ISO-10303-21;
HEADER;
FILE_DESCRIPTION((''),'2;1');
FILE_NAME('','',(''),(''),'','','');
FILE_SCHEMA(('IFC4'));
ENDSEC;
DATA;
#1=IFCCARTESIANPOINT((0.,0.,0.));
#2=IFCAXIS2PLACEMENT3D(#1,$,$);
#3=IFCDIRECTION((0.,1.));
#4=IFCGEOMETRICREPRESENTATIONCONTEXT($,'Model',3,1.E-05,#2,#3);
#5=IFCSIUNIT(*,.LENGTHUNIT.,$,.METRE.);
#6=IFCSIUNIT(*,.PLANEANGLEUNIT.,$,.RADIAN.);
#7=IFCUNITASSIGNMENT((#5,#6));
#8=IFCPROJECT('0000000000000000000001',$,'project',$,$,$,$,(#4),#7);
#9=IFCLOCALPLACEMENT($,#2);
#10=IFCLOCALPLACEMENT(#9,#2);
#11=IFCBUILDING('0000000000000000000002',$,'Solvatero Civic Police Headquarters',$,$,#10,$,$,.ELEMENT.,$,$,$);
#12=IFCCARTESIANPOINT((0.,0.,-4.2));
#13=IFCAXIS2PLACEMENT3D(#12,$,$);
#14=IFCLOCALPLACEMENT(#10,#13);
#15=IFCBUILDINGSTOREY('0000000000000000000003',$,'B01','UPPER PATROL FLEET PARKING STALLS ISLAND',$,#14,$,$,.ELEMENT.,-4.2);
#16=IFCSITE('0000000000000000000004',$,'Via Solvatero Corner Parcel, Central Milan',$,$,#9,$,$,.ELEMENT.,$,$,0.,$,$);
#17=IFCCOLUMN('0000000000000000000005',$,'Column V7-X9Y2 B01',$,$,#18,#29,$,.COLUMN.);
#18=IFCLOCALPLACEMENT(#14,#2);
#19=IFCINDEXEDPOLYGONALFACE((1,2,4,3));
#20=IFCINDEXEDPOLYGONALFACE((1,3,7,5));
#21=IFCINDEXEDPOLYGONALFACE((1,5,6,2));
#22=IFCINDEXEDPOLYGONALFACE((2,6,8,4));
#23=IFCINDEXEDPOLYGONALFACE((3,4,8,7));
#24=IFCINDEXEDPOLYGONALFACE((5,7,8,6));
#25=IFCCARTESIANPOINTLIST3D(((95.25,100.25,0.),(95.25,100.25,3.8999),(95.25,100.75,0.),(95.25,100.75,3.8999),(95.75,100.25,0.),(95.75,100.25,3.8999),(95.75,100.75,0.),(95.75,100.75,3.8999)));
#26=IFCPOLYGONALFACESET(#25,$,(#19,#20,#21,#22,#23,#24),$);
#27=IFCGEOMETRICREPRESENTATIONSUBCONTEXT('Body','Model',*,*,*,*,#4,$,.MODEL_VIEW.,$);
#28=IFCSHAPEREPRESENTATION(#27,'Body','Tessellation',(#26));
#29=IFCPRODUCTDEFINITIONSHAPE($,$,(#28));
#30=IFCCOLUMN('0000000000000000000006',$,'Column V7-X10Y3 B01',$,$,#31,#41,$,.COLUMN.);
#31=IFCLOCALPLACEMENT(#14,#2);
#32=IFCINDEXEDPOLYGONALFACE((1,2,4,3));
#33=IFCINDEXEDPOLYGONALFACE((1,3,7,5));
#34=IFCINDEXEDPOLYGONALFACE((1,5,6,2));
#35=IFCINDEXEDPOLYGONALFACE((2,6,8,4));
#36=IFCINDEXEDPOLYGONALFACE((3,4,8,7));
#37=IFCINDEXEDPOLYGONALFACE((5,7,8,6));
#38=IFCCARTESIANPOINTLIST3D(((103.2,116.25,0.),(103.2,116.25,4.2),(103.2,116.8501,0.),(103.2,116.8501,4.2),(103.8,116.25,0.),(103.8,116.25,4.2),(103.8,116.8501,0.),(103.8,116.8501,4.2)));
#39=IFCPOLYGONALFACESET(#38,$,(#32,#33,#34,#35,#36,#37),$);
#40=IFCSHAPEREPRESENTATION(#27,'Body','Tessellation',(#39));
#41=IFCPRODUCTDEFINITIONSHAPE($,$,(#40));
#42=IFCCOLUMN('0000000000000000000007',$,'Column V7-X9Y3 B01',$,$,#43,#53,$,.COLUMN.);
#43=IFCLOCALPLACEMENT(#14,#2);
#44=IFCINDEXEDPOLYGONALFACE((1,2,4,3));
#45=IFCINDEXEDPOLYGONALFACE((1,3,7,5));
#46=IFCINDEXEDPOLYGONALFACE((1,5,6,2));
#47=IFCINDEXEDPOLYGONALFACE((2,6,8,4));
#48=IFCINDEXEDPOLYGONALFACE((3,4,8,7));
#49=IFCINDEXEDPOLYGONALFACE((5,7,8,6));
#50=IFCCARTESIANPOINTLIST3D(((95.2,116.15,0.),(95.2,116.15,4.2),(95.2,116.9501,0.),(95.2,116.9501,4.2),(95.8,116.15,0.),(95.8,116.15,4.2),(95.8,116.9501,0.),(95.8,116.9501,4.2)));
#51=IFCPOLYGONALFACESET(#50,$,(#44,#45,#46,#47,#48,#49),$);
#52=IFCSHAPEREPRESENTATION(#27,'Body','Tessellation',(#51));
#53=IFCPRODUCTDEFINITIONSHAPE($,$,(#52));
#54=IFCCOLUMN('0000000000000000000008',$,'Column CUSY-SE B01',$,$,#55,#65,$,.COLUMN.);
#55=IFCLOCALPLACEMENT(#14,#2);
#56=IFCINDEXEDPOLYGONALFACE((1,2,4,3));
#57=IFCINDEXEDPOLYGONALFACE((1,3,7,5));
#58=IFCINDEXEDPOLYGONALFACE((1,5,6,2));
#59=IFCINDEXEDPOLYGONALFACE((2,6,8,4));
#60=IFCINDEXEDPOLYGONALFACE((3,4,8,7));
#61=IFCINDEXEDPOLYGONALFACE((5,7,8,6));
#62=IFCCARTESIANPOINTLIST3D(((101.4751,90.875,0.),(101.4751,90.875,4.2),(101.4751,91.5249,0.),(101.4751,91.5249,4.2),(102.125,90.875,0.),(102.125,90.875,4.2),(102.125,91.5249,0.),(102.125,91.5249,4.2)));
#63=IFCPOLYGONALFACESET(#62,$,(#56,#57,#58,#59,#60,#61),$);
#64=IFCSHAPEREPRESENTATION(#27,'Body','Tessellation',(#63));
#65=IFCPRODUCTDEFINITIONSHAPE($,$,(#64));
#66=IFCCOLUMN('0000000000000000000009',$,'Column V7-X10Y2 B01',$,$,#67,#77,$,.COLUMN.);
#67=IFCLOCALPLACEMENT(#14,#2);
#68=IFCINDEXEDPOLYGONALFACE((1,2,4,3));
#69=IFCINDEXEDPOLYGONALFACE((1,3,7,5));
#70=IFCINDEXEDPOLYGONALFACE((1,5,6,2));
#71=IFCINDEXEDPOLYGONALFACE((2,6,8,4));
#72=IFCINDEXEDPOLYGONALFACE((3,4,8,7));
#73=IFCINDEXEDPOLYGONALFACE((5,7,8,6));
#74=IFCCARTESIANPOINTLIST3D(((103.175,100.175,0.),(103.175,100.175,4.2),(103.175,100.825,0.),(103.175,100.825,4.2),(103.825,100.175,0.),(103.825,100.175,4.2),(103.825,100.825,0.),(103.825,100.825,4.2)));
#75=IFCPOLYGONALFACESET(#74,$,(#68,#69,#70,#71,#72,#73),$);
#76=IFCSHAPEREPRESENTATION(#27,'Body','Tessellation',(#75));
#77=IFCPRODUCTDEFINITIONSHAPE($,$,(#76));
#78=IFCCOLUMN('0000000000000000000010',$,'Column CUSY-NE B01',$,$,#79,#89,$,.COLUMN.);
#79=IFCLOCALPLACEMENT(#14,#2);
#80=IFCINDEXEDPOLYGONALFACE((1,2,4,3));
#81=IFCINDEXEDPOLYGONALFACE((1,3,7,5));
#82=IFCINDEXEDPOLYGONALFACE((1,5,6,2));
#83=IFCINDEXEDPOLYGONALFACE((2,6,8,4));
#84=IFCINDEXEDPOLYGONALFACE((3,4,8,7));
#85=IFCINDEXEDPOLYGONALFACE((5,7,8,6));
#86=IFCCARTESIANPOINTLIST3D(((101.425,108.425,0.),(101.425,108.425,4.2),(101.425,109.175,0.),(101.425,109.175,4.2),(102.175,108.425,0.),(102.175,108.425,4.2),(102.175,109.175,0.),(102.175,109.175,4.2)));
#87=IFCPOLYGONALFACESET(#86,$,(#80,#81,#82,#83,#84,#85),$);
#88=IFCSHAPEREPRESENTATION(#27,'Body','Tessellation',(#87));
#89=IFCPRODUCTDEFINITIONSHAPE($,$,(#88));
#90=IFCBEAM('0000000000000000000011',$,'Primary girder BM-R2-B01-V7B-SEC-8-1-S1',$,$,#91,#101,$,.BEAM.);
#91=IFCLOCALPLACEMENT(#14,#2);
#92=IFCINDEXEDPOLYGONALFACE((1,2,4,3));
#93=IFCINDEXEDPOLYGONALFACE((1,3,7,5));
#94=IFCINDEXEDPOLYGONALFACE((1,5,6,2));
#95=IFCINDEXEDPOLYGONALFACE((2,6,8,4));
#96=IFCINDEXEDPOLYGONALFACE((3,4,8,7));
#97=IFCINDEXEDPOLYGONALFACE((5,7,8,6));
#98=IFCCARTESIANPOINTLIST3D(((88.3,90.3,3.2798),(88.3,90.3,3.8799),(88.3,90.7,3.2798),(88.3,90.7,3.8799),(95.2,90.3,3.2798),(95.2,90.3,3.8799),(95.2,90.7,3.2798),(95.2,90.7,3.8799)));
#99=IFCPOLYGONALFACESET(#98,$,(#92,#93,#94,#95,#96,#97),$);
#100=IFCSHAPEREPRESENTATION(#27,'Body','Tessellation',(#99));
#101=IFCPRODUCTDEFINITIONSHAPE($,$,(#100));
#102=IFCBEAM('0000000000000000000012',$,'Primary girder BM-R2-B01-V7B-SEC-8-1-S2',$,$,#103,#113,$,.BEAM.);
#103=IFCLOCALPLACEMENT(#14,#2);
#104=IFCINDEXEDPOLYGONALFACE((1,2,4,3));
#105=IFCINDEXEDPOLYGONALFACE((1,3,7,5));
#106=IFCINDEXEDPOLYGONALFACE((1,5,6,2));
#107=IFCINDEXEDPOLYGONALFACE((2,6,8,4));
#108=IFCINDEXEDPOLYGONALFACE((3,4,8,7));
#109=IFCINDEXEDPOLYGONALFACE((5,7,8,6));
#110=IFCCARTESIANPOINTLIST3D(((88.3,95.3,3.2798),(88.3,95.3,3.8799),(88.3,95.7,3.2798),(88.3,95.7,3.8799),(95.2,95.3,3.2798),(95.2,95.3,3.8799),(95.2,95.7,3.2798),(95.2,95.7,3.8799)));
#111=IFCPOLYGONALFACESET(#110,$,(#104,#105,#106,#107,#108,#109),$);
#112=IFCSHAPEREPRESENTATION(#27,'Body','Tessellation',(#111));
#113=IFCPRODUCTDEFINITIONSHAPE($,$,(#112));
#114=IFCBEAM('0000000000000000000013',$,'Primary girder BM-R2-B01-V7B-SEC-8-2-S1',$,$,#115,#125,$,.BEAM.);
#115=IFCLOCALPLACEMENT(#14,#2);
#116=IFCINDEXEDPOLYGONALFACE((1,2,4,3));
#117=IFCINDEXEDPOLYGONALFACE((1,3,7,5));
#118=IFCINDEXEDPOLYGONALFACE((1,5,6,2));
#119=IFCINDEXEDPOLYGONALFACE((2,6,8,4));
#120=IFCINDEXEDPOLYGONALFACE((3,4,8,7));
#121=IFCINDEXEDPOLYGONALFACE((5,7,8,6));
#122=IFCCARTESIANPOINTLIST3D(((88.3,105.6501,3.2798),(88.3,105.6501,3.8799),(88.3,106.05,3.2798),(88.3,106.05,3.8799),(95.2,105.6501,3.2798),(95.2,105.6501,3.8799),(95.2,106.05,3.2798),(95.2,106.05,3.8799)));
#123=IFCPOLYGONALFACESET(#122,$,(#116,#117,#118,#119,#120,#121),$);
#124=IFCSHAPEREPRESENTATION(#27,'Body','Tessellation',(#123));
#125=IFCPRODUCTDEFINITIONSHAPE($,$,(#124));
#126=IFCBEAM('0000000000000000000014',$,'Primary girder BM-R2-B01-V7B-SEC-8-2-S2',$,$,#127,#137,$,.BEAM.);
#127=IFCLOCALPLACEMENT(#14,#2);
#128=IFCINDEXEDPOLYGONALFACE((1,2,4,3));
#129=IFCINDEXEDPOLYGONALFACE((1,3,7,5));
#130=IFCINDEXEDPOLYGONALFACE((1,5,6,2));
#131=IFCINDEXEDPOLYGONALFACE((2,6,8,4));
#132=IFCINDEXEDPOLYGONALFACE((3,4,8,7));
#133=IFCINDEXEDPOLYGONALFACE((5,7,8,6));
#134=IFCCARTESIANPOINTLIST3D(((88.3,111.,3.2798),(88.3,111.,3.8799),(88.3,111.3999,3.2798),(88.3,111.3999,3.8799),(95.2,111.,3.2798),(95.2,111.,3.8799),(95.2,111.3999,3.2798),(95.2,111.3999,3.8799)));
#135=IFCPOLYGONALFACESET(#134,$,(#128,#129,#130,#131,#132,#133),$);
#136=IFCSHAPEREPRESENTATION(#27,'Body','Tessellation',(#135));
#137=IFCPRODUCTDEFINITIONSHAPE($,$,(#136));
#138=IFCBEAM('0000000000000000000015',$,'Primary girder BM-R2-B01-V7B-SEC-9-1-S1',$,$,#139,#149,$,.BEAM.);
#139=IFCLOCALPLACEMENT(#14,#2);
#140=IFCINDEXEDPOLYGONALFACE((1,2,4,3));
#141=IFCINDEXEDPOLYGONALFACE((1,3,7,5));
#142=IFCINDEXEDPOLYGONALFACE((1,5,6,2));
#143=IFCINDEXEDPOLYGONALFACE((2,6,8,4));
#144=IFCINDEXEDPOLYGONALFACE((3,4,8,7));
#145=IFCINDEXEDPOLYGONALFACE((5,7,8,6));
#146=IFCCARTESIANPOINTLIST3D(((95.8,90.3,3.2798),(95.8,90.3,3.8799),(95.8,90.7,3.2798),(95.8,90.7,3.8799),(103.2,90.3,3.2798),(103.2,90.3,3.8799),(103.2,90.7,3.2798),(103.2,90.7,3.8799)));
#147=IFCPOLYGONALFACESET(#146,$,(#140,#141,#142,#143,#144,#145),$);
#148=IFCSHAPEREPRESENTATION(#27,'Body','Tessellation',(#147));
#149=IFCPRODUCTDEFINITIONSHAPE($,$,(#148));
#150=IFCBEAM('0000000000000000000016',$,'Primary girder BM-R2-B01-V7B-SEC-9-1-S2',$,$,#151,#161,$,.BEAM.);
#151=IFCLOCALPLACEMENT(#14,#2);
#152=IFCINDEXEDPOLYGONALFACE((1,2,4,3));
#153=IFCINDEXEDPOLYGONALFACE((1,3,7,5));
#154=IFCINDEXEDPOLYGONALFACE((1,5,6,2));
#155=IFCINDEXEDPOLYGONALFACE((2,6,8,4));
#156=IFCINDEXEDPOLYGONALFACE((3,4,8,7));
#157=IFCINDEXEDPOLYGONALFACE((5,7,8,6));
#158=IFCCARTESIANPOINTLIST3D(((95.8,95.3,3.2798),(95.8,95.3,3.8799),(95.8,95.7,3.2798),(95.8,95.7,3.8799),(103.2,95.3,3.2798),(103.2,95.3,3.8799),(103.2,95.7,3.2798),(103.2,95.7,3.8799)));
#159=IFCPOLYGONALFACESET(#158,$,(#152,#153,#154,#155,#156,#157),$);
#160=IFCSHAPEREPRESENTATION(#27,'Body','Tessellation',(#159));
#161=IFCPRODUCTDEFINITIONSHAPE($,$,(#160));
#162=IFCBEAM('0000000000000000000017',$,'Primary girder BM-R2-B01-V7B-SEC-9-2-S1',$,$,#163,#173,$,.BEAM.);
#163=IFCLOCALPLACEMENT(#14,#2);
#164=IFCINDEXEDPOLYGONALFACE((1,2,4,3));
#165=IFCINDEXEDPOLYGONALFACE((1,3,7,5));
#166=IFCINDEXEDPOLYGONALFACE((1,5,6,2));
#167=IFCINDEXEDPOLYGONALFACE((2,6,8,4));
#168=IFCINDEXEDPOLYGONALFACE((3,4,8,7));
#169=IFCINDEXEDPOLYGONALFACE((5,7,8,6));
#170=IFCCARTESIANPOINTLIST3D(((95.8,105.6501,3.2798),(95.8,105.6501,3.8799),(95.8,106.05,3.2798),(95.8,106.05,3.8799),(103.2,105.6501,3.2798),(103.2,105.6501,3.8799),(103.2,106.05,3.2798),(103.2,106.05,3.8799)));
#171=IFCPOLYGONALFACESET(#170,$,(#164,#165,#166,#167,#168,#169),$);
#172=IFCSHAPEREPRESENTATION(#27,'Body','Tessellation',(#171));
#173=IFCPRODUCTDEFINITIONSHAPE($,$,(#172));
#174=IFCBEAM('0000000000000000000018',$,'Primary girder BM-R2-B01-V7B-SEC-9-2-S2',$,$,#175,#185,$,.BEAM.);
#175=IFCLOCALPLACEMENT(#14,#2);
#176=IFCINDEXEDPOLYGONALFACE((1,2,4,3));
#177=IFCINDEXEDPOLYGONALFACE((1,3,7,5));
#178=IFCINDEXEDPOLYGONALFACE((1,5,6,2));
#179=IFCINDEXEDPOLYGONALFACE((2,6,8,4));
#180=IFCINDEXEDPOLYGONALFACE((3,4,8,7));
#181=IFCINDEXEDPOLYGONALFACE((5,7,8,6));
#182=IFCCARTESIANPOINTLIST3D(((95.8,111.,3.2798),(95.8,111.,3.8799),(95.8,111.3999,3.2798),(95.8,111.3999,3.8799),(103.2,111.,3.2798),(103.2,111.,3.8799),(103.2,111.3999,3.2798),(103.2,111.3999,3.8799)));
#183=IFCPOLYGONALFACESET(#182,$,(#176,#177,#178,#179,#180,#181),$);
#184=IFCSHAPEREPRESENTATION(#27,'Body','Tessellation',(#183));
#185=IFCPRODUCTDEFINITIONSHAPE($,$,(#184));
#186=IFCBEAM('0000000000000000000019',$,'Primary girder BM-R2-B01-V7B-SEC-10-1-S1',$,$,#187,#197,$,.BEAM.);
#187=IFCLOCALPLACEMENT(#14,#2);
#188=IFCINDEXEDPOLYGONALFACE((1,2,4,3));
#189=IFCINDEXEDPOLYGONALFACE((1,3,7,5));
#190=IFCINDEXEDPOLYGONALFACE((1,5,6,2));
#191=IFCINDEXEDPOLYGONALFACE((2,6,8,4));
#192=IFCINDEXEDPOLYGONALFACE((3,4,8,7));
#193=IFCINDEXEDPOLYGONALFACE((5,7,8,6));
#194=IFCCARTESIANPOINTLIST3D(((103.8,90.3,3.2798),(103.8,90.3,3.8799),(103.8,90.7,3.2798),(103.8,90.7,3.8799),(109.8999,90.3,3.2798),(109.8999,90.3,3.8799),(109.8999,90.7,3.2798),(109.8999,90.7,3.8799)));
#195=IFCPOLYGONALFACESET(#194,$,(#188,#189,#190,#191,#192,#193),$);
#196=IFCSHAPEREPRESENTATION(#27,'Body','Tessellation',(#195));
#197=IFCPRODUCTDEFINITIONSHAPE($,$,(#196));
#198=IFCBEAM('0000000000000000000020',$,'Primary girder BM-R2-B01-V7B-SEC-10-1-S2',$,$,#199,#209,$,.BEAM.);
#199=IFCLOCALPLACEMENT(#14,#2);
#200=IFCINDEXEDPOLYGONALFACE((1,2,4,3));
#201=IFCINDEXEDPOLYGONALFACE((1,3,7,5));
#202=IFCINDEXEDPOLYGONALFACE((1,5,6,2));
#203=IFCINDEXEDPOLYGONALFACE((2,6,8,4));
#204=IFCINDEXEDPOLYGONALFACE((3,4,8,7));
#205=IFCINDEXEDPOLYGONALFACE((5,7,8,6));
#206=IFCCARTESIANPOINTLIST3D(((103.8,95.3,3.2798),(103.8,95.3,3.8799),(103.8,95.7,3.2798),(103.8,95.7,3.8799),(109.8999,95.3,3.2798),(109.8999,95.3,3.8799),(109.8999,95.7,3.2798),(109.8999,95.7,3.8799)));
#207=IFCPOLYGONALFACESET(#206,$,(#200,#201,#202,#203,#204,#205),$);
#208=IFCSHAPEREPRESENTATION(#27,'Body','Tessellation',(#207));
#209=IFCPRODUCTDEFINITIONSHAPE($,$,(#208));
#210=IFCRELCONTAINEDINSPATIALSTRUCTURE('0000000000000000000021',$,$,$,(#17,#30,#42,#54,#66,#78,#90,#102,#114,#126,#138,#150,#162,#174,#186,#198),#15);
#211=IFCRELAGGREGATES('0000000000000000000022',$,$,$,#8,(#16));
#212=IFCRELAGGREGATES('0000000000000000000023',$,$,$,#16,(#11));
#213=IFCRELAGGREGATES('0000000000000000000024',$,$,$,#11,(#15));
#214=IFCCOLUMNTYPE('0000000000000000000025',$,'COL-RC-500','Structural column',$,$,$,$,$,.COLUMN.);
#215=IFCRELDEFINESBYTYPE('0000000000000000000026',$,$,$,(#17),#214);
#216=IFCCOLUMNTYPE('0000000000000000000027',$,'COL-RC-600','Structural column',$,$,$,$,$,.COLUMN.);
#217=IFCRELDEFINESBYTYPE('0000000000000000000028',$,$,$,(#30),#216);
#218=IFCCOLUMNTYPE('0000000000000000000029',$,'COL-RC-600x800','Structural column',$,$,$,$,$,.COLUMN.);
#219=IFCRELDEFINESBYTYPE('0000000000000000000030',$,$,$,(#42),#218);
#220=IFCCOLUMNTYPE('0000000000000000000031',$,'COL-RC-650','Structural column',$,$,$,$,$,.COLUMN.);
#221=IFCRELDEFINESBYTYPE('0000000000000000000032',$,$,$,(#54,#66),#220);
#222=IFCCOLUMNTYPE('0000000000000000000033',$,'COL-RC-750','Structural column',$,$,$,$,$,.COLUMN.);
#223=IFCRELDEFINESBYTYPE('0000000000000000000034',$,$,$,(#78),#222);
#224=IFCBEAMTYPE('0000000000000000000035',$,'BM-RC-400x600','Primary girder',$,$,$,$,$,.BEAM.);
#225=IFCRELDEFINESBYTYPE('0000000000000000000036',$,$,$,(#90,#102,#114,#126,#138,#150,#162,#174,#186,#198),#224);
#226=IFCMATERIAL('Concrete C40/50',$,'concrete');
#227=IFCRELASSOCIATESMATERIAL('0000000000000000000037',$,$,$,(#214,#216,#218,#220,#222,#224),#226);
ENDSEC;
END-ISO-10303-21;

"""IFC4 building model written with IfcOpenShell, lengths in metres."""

from ifc_helpers import new_model, si_unit, direction, frame, origin, origin_2d, place, context, subcontext, project, spatial, rectangle, extrude, material, material_profile, profile_set, type_object, element, save


model = new_model("IFC4")

# Units and contexts
model_context = context("Model", 3, precision=1e-05, world=origin(), true_north=direction((0.0, 1.0)))
body_context = subcontext(model_context, "Body", "Model", "MODEL_VIEW")
ifc_project = project(units=[si_unit("LENGTHUNIT", "METRE"), si_unit("PLANEANGLEUNIT", "RADIAN")], contexts=[model_context])

# Site, building, storey
site_placement = place(None, origin())
site = spatial("IfcSite", under=ifc_project, at=site_placement, Name="Via Solvatero Corner Parcel, Central Milan", CompositionType="ELEMENT", RefElevation=0.0)
building_placement = place(site_placement, origin())
building = spatial("IfcBuilding", under=site, at=building_placement, Name="Solvatero Civic Police Headquarters", CompositionType="ELEMENT")
storey_placement = place(building_placement, frame((0.0, 0.0, -4.2)))
storey = spatial("IfcBuildingStorey", under=building, at=storey_placement, Name="B01", Description="UPPER PATROL FLEET PARKING STALLS ISLAND", CompositionType="ELEMENT", Elevation=-4.2)

# Columns
ifc_material_1 = material(Name="Concrete C40/50", Category="concrete")
ifc_material_profile_1 = material_profile(ifc_material_1, rectangle(XDim=0.5, YDim=0.5, at=origin_2d()), Name="RC 500x500")
ifc_profile_set_1 = profile_set([ifc_material_profile_1], Name="Concrete C40/50")
column_type_1 = type_object("IfcColumnType", Name="COL-RC-500", Description="Structural column", PredefinedType="COLUMN", material=ifc_profile_set_1)
column_1_placement = place(storey_placement, frame((95.5, 100.5, 0.0), z_axis=(0.0, 0.0, 1.0), x_axis=(1.0, 0.0, 0.0)))
element("IfcColumn", 1, at=column_1_placement, inside=storey, type_object=column_type_1, Name="Column V7-X9Y2 B01", PredefinedType="COLUMN", context=body_context, shape_type="SweptSolid", body=[
    extrude(rectangle(XDim=0.5, YDim=0.5, at=origin_2d()), origin(), (0.0, 0.0, 1.0), 3.8999),
])
ifc_material_profile_2 = material_profile(ifc_material_1, rectangle(XDim=0.6001, YDim=0.6001, at=origin_2d()), Name="RC 600x600")
ifc_profile_set_2 = profile_set([ifc_material_profile_2], Name="Concrete C40/50")
column_type_2 = type_object("IfcColumnType", Name="COL-RC-600", Description="Structural column", PredefinedType="COLUMN", material=ifc_profile_set_2)
column_2_placement = place(storey_placement, frame((103.5, 116.55, 0.0), z_axis=(0.0, 0.0, 1.0), x_axis=(1.0, 0.0, 0.0)))
element("IfcColumn", 2, at=column_2_placement, inside=storey, type_object=column_type_2, Name="Column V7-X10Y3 B01", PredefinedType="COLUMN", context=body_context, shape_type="SweptSolid", body=[
    extrude(rectangle(XDim=0.6001, YDim=0.6001, at=origin_2d()), origin(), (0.0, 0.0, 1.0), 4.2),
])
ifc_material_profile_3 = material_profile(ifc_material_1, rectangle(XDim=0.6001, YDim=0.8, at=origin_2d()), Name="RC 600x800")
ifc_profile_set_3 = profile_set([ifc_material_profile_3], Name="Concrete C40/50")
column_type_3 = type_object("IfcColumnType", Name="COL-RC-600x800", Description="Structural column", PredefinedType="COLUMN", material=ifc_profile_set_3)
column_3_placement = place(storey_placement, frame((95.5, 116.55, 0.0), z_axis=(0.0, 0.0, 1.0), x_axis=(1.0, 0.0, 0.0)))
element("IfcColumn", 3, at=column_3_placement, inside=storey, type_object=column_type_3, Name="Column V7-X9Y3 B01", PredefinedType="COLUMN", context=body_context, shape_type="SweptSolid", body=[
    extrude(rectangle(XDim=0.6001, YDim=0.8, at=origin_2d()), origin(), (0.0, 0.0, 1.0), 4.2),
])
ifc_material_profile_4 = material_profile(ifc_material_1, rectangle(XDim=0.6499, YDim=0.6499, at=origin_2d()), Name="RC 650x650")
ifc_profile_set_4 = profile_set([ifc_material_profile_4], Name="Concrete C40/50")
column_type_4 = type_object("IfcColumnType", Name="COL-RC-650", Description="Structural column", PredefinedType="COLUMN", material=ifc_profile_set_4)
for number, where, z_axis, x_axis, name in (
    (4, (101.8, 91.2, 0.0), (0.0, 0.0, 1.0), (1.0, 0.0, 0.0), "Column CUSY-SE B01"),
    (5, (103.5, 100.5, 0.0), (0.0, 0.0, 1.0), (1.0, 0.0, 0.0), "Column V7-X10Y2 B01"),
):
    element("IfcColumn", number, at=place(storey_placement, frame(where, z_axis=z_axis, x_axis=x_axis)), inside=storey, type_object=column_type_4, Name=name, PredefinedType="COLUMN", context=body_context, shape_type="SweptSolid", body=[
        extrude(rectangle(XDim=0.6499, YDim=0.6499, at=origin_2d()), origin(), (0.0, 0.0, 1.0), 4.2),
    ])
ifc_material_profile_5 = material_profile(ifc_material_1, rectangle(XDim=0.75, YDim=0.75, at=origin_2d()), Name="RC 750x750")
ifc_profile_set_5 = profile_set([ifc_material_profile_5], Name="Concrete C40/50")
column_type_5 = type_object("IfcColumnType", Name="COL-RC-750", Description="Structural column", PredefinedType="COLUMN", material=ifc_profile_set_5)
column_4_placement = place(storey_placement, frame((101.8, 108.8, 0.0), z_axis=(0.0, 0.0, 1.0), x_axis=(1.0, 0.0, 0.0)))
element("IfcColumn", 6, at=column_4_placement, inside=storey, type_object=column_type_5, Name="Column CUSY-NE B01", PredefinedType="COLUMN", context=body_context, shape_type="SweptSolid", body=[
    extrude(rectangle(XDim=0.75, YDim=0.75, at=origin_2d()), origin(), (0.0, 0.0, 1.0), 4.2),
])

# Beams
ifc_material_profile_6 = material_profile(ifc_material_1, rectangle(XDim=0.3999, YDim=0.6001, at=origin_2d()), Name="RC 400x600")
ifc_profile_set_6 = profile_set([ifc_material_profile_6], Name="Concrete C40/50")
beam_type_1 = type_object("IfcBeamType", Name="BM-RC-400x600", Description="Primary girder", PredefinedType="BEAM", material=ifc_profile_set_6)
for number, where, z_axis, x_axis, name in (
    (7, (88.3, 90.5, 3.5798), (1.0, 0.0, 0.0), (0.0, 1.0, 0.0), "Primary girder BM-R2-B01-V7B-SEC-8-1-S1"),
    (8, (88.3, 95.5, 3.5798), (1.0, 0.0, 0.0), (0.0, 1.0, 0.0), "Primary girder BM-R2-B01-V7B-SEC-8-1-S2"),
    (9, (88.3, 105.8501, 3.5798), (1.0, 0.0, 0.0), (0.0, 1.0, 0.0), "Primary girder BM-R2-B01-V7B-SEC-8-2-S1"),
    (10, (88.3, 111.2, 3.5798), (1.0, 0.0, 0.0), (0.0, 1.0, 0.0), "Primary girder BM-R2-B01-V7B-SEC-8-2-S2"),
):
    element("IfcBeam", number, at=place(storey_placement, frame(where, z_axis=z_axis, x_axis=x_axis)), inside=storey, type_object=beam_type_1, Name=name, PredefinedType="BEAM", context=body_context, shape_type="SweptSolid", body=[
        extrude(rectangle(XDim=0.3999, YDim=0.6001, at=origin_2d()), origin(), (0.0, 0.0, 1.0), 6.8999),
    ])
for number, where, z_axis, x_axis, name in (
    (11, (95.8, 90.5, 3.5798), (1.0, 0.0, 0.0), (0.0, 1.0, 0.0), "Primary girder BM-R2-B01-V7B-SEC-9-1-S1"),
    (12, (95.8, 95.5, 3.5798), (1.0, 0.0, 0.0), (0.0, 1.0, 0.0), "Primary girder BM-R2-B01-V7B-SEC-9-1-S2"),
    (13, (95.8, 105.8501, 3.5798), (1.0, 0.0, 0.0), (0.0, 1.0, 0.0), "Primary girder BM-R2-B01-V7B-SEC-9-2-S1"),
    (14, (95.8, 111.2, 3.5798), (1.0, 0.0, 0.0), (0.0, 1.0, 0.0), "Primary girder BM-R2-B01-V7B-SEC-9-2-S2"),
):
    element("IfcBeam", number, at=place(storey_placement, frame(where, z_axis=z_axis, x_axis=x_axis)), inside=storey, type_object=beam_type_1, Name=name, PredefinedType="BEAM", context=body_context, shape_type="SweptSolid", body=[
        extrude(rectangle(XDim=0.3999, YDim=0.6001, at=origin_2d()), origin(), (0.0, 0.0, 1.0), 7.3999),
    ])
for number, where, z_axis, x_axis, name in (
    (15, (103.8, 90.5, 3.5798), (1.0, 0.0, 0.0), (0.0, 1.0, 0.0), "Primary girder BM-R2-B01-V7B-SEC-10-1-S1"),
    (16, (103.8, 95.5, 3.5798), (1.0, 0.0, 0.0), (0.0, 1.0, 0.0), "Primary girder BM-R2-B01-V7B-SEC-10-1-S2"),
):
    element("IfcBeam", number, at=place(storey_placement, frame(where, z_axis=z_axis, x_axis=x_axis)), inside=storey, type_object=beam_type_1, Name=name, PredefinedType="BEAM", context=body_context, shape_type="SweptSolid", body=[
        extrude(rectangle(XDim=0.3999, YDim=0.6001, at=origin_2d()), origin(), (0.0, 0.0, 1.0), 6.0999),
    ])

save(model, "model.ifc")
